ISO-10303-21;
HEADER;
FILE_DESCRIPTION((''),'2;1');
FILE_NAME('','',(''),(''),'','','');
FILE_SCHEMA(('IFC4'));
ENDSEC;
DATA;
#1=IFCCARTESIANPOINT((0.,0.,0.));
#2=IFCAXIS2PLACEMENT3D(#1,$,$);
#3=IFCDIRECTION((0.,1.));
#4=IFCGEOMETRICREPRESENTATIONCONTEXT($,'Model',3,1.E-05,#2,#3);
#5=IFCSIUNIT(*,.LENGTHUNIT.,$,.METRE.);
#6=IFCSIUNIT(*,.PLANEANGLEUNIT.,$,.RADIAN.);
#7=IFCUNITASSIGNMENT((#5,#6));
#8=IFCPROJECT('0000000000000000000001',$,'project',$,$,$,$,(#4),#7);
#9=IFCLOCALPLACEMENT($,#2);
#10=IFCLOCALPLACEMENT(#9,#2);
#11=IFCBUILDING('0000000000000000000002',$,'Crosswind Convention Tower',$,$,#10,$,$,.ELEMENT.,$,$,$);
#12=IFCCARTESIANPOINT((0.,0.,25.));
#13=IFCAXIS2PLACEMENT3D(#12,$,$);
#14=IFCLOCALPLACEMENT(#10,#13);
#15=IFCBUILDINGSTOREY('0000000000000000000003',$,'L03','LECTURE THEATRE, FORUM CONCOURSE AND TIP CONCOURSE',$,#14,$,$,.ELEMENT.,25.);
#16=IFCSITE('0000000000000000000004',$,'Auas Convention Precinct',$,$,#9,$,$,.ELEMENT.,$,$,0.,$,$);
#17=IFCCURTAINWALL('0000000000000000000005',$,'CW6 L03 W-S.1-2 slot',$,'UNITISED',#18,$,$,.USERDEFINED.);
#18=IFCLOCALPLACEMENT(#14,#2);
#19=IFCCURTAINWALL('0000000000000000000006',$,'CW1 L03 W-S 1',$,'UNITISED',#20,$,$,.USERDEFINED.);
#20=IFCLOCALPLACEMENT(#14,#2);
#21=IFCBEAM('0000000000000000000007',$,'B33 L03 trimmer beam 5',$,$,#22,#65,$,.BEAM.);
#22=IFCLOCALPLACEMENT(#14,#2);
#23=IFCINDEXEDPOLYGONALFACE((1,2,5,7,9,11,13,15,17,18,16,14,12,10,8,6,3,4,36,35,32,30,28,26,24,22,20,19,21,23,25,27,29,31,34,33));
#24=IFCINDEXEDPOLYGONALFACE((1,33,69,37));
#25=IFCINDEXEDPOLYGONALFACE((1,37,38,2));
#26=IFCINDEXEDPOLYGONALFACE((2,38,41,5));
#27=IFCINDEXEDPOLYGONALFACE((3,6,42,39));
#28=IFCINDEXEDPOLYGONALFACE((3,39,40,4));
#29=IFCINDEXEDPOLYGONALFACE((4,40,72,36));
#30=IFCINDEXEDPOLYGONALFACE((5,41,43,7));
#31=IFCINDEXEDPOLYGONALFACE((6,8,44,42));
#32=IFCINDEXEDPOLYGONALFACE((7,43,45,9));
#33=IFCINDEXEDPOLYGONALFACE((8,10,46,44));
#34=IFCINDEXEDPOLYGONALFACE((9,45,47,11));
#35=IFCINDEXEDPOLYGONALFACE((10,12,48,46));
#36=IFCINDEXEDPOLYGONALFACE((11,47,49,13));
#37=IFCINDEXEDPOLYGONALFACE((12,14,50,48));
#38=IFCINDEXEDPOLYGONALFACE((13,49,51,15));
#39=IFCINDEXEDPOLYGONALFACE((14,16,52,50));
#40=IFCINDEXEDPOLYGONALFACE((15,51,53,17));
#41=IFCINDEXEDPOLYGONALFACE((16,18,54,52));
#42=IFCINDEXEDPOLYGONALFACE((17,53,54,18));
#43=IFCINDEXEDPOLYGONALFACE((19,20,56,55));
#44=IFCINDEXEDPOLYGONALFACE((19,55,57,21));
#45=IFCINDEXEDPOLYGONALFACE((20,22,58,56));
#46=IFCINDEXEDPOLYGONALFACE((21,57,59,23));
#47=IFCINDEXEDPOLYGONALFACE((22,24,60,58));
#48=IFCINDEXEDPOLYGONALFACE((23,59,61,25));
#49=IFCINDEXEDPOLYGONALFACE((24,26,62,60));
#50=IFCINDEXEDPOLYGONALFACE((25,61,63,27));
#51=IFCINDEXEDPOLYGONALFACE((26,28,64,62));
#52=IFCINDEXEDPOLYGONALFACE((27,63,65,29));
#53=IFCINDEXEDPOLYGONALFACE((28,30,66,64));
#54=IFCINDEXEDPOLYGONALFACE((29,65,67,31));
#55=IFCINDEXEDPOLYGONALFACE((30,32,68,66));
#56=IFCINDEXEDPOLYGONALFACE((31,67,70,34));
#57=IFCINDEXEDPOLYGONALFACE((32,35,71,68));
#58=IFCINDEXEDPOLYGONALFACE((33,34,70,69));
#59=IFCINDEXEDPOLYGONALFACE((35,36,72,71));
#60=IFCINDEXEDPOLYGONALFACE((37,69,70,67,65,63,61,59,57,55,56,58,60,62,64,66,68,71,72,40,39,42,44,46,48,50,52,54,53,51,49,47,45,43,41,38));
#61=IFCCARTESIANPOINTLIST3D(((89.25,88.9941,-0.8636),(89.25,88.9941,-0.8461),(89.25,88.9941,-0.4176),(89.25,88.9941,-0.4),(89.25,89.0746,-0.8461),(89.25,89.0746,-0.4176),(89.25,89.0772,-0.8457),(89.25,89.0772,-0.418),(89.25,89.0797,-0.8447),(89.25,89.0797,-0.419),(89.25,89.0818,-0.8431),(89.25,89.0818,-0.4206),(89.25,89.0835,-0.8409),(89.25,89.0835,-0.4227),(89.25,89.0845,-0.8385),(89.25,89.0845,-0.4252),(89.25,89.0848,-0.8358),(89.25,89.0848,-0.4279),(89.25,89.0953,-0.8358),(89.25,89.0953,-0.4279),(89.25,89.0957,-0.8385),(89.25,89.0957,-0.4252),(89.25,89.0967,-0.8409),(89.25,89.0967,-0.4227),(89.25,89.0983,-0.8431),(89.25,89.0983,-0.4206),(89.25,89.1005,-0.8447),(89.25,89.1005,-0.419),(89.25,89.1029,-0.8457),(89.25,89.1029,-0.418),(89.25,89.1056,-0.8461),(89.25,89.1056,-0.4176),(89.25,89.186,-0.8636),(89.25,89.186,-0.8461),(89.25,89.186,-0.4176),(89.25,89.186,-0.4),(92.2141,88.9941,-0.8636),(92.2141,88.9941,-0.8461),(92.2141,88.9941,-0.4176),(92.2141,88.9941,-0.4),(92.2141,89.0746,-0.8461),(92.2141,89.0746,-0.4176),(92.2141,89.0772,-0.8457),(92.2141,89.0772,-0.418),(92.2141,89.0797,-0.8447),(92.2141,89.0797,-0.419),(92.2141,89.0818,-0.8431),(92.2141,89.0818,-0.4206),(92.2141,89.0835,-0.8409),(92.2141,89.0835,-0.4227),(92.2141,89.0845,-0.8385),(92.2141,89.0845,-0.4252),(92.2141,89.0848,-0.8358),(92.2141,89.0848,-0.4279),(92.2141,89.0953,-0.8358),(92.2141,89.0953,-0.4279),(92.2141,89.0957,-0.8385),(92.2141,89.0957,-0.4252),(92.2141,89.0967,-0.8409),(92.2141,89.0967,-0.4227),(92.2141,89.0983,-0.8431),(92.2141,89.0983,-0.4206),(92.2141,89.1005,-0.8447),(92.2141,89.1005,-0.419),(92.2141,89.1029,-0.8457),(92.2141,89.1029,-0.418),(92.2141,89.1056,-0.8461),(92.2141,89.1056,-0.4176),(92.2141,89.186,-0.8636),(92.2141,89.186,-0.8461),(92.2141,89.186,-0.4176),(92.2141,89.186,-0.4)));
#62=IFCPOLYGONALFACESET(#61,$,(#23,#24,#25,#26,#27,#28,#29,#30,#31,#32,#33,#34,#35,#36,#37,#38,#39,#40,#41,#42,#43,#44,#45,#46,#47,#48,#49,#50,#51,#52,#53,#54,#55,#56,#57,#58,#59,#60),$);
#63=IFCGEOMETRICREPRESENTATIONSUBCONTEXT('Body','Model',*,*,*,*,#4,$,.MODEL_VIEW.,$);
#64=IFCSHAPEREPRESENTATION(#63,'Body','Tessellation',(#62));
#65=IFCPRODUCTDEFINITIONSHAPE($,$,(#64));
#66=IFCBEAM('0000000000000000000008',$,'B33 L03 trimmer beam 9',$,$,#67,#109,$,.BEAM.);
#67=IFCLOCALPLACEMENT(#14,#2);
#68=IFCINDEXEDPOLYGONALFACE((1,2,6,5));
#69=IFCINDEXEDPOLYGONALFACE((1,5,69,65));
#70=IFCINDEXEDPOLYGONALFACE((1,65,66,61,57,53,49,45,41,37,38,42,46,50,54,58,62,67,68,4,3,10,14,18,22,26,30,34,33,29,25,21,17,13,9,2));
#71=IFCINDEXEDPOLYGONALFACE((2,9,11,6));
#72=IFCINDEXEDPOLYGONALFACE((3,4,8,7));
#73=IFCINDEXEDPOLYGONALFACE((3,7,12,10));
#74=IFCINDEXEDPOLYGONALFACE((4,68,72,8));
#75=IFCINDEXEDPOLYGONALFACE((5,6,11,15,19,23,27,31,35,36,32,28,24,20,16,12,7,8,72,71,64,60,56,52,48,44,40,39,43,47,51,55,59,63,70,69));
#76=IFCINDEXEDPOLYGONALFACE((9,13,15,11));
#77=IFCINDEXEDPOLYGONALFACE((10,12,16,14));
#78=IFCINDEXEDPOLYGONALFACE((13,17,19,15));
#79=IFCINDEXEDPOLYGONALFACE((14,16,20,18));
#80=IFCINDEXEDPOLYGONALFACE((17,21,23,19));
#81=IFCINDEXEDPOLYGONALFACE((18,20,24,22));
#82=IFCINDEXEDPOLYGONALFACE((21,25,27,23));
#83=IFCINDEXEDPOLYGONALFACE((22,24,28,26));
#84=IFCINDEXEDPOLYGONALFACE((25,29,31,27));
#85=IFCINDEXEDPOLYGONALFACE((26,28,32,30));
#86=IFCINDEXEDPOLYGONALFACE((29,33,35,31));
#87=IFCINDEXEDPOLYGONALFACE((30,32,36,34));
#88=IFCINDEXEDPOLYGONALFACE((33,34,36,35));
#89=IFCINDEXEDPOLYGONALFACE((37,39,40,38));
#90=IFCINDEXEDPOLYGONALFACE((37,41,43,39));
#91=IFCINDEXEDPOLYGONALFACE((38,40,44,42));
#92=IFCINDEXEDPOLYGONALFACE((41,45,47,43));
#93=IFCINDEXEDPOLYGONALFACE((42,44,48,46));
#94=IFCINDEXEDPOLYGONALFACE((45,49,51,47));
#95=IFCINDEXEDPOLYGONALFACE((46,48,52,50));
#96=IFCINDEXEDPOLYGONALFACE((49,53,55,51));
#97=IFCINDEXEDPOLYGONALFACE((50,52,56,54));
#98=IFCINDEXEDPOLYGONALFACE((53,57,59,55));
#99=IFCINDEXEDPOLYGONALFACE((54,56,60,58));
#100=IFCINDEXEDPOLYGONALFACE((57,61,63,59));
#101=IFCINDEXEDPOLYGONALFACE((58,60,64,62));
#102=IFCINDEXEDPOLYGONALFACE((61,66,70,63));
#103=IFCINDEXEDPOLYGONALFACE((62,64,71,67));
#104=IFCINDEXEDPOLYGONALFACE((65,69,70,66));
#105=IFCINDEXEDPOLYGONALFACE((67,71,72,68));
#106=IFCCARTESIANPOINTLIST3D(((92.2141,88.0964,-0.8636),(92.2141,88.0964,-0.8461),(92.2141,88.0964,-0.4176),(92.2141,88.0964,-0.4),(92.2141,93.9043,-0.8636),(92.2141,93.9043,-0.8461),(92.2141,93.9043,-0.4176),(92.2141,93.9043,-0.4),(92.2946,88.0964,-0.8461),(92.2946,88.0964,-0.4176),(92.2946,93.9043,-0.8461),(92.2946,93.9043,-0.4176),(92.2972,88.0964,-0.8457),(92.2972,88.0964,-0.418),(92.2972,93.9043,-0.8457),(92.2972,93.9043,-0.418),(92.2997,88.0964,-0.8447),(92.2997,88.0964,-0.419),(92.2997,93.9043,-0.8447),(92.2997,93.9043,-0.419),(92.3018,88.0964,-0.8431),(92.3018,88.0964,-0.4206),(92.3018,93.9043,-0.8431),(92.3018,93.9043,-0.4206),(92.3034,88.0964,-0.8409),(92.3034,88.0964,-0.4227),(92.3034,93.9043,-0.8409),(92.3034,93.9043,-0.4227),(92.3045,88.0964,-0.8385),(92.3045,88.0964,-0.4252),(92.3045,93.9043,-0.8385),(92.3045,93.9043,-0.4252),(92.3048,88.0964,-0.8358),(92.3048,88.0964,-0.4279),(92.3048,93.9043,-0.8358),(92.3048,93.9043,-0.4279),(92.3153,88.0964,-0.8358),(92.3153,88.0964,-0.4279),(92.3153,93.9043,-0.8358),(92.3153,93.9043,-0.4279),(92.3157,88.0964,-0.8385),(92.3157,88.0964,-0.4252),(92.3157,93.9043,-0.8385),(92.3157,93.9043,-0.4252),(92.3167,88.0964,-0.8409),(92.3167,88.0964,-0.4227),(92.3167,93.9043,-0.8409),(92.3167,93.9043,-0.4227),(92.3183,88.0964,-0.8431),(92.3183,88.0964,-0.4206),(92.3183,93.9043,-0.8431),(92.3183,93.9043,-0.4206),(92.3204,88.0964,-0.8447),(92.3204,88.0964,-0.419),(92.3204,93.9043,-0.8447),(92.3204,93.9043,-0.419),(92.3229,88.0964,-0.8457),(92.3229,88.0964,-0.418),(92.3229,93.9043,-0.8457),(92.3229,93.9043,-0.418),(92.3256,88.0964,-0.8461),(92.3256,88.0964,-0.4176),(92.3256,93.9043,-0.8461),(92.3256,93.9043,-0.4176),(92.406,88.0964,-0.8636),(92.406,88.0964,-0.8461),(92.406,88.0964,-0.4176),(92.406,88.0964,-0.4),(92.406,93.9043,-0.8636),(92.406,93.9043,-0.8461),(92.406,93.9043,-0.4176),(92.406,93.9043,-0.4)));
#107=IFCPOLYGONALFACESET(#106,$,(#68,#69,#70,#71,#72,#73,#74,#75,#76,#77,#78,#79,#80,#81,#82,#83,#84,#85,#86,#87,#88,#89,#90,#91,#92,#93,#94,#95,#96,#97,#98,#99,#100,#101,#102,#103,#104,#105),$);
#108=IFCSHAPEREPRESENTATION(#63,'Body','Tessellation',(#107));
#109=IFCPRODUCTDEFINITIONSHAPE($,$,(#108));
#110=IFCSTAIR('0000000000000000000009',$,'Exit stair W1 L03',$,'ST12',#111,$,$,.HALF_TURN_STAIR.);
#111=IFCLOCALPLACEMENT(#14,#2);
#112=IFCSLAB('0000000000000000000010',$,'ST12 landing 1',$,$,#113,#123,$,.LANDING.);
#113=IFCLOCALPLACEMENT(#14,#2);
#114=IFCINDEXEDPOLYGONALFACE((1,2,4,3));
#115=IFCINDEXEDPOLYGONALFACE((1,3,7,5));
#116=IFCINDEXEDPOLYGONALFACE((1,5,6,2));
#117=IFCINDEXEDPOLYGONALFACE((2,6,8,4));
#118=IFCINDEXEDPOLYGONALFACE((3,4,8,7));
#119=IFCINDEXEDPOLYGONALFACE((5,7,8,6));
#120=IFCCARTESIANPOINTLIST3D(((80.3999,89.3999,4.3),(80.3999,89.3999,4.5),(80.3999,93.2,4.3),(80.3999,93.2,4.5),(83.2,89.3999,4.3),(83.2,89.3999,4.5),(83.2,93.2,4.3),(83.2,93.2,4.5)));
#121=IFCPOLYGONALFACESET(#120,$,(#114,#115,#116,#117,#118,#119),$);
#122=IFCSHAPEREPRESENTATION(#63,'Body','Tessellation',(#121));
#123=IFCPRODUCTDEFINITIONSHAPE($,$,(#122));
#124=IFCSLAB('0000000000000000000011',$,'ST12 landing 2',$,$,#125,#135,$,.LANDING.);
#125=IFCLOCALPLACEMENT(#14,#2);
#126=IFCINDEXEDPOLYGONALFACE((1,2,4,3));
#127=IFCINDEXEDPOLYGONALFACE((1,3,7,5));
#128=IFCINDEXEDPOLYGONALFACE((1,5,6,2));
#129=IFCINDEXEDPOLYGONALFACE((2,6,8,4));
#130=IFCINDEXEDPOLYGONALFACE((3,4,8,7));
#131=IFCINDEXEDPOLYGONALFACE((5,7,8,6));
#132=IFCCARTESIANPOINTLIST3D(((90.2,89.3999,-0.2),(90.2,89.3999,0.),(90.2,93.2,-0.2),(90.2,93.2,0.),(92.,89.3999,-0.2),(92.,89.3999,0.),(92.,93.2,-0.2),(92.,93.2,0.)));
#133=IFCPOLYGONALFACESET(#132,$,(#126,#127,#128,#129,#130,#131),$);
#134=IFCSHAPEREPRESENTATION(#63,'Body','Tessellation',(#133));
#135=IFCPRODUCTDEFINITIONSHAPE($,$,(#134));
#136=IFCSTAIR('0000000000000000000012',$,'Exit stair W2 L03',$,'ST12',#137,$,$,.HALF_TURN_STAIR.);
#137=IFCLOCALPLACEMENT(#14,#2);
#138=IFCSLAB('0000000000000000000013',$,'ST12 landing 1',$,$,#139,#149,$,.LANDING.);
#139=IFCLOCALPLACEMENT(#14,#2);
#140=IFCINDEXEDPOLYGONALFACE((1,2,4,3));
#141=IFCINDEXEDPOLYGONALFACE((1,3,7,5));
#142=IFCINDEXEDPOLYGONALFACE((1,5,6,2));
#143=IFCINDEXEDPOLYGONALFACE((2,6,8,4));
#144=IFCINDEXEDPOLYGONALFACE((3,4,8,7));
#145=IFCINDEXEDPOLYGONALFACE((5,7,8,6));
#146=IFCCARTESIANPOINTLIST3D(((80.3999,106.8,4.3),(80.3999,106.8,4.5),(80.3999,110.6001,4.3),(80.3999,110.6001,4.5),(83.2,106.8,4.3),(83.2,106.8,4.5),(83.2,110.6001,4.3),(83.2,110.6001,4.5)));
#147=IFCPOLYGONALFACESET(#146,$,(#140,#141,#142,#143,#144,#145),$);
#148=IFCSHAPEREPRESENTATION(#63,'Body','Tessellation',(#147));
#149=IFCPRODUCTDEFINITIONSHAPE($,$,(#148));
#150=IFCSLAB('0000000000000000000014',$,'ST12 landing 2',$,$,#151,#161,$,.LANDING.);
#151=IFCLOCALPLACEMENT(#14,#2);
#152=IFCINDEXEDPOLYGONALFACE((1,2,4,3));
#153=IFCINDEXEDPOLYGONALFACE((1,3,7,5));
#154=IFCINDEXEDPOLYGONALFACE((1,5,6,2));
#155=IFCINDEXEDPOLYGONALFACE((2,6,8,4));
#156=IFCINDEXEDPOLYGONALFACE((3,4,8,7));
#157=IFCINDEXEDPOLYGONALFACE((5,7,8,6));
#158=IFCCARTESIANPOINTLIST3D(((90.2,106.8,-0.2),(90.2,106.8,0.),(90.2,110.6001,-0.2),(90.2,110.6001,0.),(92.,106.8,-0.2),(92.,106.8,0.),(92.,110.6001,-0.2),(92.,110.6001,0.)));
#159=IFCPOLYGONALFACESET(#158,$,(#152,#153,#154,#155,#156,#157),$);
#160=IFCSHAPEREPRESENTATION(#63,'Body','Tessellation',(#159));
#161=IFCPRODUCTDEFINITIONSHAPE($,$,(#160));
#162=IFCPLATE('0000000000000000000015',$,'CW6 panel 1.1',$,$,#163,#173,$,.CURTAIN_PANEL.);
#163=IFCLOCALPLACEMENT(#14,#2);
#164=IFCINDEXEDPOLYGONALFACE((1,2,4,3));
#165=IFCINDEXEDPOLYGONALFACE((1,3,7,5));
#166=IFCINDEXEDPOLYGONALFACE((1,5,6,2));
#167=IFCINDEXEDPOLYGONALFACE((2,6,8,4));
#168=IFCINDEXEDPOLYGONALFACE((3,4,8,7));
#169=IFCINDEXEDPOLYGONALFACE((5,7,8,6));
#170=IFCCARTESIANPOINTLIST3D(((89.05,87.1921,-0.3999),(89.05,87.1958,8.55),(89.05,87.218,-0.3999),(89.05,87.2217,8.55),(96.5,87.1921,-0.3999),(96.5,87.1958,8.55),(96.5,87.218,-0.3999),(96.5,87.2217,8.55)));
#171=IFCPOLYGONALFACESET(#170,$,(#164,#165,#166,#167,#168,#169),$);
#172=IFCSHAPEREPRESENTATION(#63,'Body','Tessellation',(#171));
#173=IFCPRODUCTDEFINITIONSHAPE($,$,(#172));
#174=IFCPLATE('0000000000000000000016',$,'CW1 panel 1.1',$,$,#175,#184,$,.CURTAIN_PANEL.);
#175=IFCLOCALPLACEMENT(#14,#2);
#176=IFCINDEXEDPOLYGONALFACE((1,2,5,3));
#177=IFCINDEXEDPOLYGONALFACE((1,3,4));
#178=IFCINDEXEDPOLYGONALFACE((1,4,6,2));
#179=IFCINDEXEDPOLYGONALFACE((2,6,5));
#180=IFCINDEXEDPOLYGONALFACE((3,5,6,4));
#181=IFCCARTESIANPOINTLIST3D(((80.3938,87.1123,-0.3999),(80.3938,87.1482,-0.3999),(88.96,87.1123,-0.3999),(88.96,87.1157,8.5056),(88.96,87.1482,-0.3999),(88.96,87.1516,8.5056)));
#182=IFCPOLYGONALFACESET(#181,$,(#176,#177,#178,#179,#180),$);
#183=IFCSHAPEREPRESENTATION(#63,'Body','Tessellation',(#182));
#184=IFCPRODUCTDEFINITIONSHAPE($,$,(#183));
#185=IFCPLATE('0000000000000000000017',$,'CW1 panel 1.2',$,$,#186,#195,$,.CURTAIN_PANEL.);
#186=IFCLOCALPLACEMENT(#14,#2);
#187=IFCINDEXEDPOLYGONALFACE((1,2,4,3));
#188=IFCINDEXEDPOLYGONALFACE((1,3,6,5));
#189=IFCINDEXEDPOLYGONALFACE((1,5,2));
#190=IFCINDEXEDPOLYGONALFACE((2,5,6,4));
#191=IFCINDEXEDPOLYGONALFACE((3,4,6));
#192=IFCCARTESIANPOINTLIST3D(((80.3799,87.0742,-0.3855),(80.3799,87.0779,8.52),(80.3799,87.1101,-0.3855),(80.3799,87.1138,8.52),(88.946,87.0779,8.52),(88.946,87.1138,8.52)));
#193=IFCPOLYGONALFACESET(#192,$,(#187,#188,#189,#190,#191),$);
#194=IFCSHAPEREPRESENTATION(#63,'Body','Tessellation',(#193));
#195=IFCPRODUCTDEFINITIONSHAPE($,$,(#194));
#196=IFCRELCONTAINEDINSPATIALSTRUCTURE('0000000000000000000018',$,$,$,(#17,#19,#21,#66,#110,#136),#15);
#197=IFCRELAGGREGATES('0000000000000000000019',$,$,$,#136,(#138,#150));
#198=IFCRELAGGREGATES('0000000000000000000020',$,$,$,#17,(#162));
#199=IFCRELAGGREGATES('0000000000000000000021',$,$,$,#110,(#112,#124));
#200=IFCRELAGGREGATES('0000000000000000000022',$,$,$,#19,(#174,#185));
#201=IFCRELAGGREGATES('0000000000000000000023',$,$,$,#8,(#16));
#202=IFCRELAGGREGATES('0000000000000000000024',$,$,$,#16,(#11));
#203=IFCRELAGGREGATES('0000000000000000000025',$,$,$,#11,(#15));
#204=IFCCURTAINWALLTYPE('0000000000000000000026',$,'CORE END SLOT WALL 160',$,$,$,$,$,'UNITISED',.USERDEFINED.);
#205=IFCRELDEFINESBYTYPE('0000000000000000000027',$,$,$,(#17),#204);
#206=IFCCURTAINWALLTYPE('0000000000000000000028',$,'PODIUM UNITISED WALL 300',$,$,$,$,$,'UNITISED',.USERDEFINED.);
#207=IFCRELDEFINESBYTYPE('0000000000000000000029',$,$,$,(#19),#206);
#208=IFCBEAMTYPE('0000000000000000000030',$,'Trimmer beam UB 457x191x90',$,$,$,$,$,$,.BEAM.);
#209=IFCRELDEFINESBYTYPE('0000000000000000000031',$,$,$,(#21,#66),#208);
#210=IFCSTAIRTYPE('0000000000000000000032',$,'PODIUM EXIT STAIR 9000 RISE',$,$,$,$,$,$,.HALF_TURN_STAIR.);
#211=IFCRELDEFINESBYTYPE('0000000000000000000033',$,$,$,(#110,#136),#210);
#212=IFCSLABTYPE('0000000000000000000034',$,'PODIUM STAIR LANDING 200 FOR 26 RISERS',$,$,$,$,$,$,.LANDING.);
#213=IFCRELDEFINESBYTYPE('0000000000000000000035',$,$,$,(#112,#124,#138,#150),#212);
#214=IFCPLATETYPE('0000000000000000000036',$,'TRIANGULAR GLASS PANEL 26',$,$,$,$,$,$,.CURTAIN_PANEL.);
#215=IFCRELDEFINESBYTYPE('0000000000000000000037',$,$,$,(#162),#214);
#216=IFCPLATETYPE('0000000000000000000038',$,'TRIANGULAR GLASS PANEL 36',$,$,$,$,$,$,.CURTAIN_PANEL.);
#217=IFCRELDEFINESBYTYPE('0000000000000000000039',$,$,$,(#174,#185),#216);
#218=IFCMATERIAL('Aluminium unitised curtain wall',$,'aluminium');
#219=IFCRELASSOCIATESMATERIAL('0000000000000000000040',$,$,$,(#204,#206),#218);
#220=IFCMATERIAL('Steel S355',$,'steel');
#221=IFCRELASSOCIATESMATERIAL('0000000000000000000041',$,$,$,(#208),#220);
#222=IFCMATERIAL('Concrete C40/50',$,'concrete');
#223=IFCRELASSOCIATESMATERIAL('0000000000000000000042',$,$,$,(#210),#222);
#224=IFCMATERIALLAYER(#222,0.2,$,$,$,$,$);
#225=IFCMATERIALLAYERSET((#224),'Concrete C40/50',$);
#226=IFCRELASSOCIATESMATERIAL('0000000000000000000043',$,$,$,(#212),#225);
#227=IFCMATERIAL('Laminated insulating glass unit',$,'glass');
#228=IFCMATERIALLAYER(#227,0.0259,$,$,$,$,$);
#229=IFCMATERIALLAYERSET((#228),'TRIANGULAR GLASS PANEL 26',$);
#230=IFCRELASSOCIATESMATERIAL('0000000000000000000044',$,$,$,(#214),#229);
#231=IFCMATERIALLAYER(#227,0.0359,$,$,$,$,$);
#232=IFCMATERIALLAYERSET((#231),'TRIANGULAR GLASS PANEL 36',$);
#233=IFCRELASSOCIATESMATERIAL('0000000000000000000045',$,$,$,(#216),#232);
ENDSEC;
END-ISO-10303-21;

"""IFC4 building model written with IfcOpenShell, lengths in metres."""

from ifc_helpers import new_model, si_unit, direction, frame, origin, origin_2d, place, context, subcontext, project, spatial, polyline, i_section, outline, extrude, material, layer, layer_set, material_profile, profile_set, type_object, element, aggregate, save


model = new_model("IFC4")

# Units and contexts
model_context = context("Model", 3, precision=1e-05, world=origin(), true_north=direction((0.0, 1.0)))
body_context = subcontext(model_context, "Body", "Model", "MODEL_VIEW")
ifc_project = project(units=[si_unit("LENGTHUNIT", "METRE"), si_unit("PLANEANGLEUNIT", "RADIAN")], contexts=[model_context])

# Site, building, storey
site_placement = place(None, origin())
site = spatial("IfcSite", under=ifc_project, at=site_placement, Name="Auas Convention Precinct", CompositionType="ELEMENT", RefElevation=0.0)
building_placement = place(site_placement, origin())
building = spatial("IfcBuilding", under=site, at=building_placement, Name="Crosswind Convention Tower", CompositionType="ELEMENT")
storey_placement = place(building_placement, frame((0.0, 0.0, 25.0)))
storey = spatial("IfcBuildingStorey", under=building, at=storey_placement, Name="L03", Description="LECTURE THEATRE, FORUM CONCOURSE AND TIP CONCOURSE", CompositionType="ELEMENT", Elevation=25.0)

# Shared definitions
ifc_material_1 = material(Name="Steel S355", Category="steel")

# Curtain wall
ifc_material_2 = material(Name="Aluminium unitised curtain wall", Category="aluminium")
curtain_wall_type_1 = type_object("IfcCurtainWallType", Name="CORE END SLOT WALL 160", ElementType="UNITISED", PredefinedType="USERDEFINED", material=ifc_material_2)
curtain_wall_1_placement = place(storey_placement, origin())
curtain_wall_1 = element("IfcCurtainWall", 1, at=curtain_wall_1_placement, inside=storey, type_object=curtain_wall_type_1, Name="CW6 L03 W-S.1-2 slot", ObjectType="UNITISED", PredefinedType="USERDEFINED")

# Curtain wall
curtain_wall_type_2 = type_object("IfcCurtainWallType", Name="PODIUM UNITISED WALL 300", ElementType="UNITISED", PredefinedType="USERDEFINED", material=ifc_material_2)
curtain_wall_2_placement = place(storey_placement, origin())
curtain_wall_2 = element("IfcCurtainWall", 2, at=curtain_wall_2_placement, inside=storey, type_object=curtain_wall_type_2, Name="CW1 L03 W-S 1", ObjectType="UNITISED", PredefinedType="USERDEFINED")

# Beams
ifc_material_profile_1 = material_profile(ifc_material_1, i_section(OverallWidth=0.1919, OverallDepth=0.4636, WebThickness=0.0105, FlangeThickness=0.0176, FilletRadius=0.0103, at=origin_2d()), Name="UB 457x191x90")
ifc_profile_set_1 = profile_set([ifc_material_profile_1], Name="Steel S355")
beam_type_1 = type_object("IfcBeamType", Name="Trimmer beam UB 457x191x90", PredefinedType="BEAM", material=ifc_profile_set_1)
beam_1_placement = place(storey_placement, frame((92.2141, 89.0901, -0.6318), z_axis=(-1.0, 0.0, 0.0), x_axis=(0.0, -1.0, 0.0)))
element("IfcBeam", 3, at=beam_1_placement, inside=storey, type_object=beam_type_1, Name="B33 L03 trimmer beam 5", PredefinedType="BEAM", context=body_context, shape_type="SweptSolid", body=[
    extrude(i_section(OverallWidth=0.1919, OverallDepth=0.4636, WebThickness=0.0105, FlangeThickness=0.0176, FilletRadius=0.0103, at=origin_2d()), origin(), (0.0, 0.0, 1.0), 2.9641),
])
beam_2_placement = place(storey_placement, frame((92.3101, 88.0964, -0.6318), z_axis=(0.0, 1.0, 0.0), x_axis=(-1.0, 0.0, 0.0)))
element("IfcBeam", 4, at=beam_2_placement, inside=storey, type_object=beam_type_1, Name="B33 L03 trimmer beam 9", PredefinedType="BEAM", context=body_context, shape_type="SweptSolid", body=[
    extrude(i_section(OverallWidth=0.1919, OverallDepth=0.4636, WebThickness=0.0105, FlangeThickness=0.0176, FilletRadius=0.0103, at=origin_2d()), origin(), (0.0, 0.0, 1.0), 5.8079),
])

# Stairs, slabs
ifc_material_3 = material(Name="Concrete C40/50", Category="concrete")
stair_type = type_object("IfcStairType", Name="PODIUM EXIT STAIR 9000 RISE", PredefinedType="HALF_TURN_STAIR", material=ifc_material_3)
stair_1_placement = place(storey_placement, origin())
stair_1 = element("IfcStair", 5, at=stair_1_placement, inside=storey, type_object=stair_type, Name="Exit stair W1 L03", ObjectType="ST12", PredefinedType="HALF_TURN_STAIR")
ifc_layer_1 = layer(ifc_material_3, 0.2)
ifc_layer_set_1 = layer_set([ifc_layer_1], Name="Concrete C40/50")
slab_type = type_object("IfcSlabType", Name="PODIUM STAIR LANDING 200 FOR 26 RISERS", PredefinedType="LANDING", material=ifc_layer_set_1)
slab_1_placement = place(storey_placement, frame((0.0, 0.0, 4.3)))
slab_1 = element("IfcSlab", 6, at=slab_1_placement, type_object=slab_type, Name="ST12 landing 1", PredefinedType="LANDING", context=body_context, shape_type="SweptSolid", body=[
    extrude(outline(polyline([(83.2, 93.2), (80.3999, 93.2), (80.3999, 89.3999), (83.2, 89.3999), (83.2, 93.2)])), origin(), (0.0, 0.0, 1.0), 0.2),
])
slab_2_placement = place(storey_placement, frame((0.0, 0.0, -0.2)))
slab_2 = element("IfcSlab", 7, at=slab_2_placement, type_object=slab_type, Name="ST12 landing 2", PredefinedType="LANDING", context=body_context, shape_type="SweptSolid", body=[
    extrude(outline(polyline([(92.0, 93.2), (90.2, 93.2), (90.2, 89.3999), (92.0, 89.3999), (92.0, 93.2)])), origin(), (0.0, 0.0, 1.0), 0.2),
])
stair_2_placement = place(storey_placement, origin())
stair_2 = element("IfcStair", 8, at=stair_2_placement, inside=storey, type_object=stair_type, Name="Exit stair W2 L03", ObjectType="ST12", PredefinedType="HALF_TURN_STAIR")
slab_3_placement = place(storey_placement, frame((0.0, 0.0, 4.3)))
slab_3 = element("IfcSlab", 9, at=slab_3_placement, type_object=slab_type, Name="ST12 landing 1", PredefinedType="LANDING", context=body_context, shape_type="SweptSolid", body=[
    extrude(outline(polyline([(83.2, 110.6001), (80.3999, 110.6001), (80.3999, 106.8), (83.2, 106.8), (83.2, 110.6001)])), origin(), (0.0, 0.0, 1.0), 0.2),
])
slab_4_placement = place(storey_placement, frame((0.0, 0.0, -0.2)))
slab_4 = element("IfcSlab", 10, at=slab_4_placement, type_object=slab_type, Name="ST12 landing 2", PredefinedType="LANDING", context=body_context, shape_type="SweptSolid", body=[
    extrude(outline(polyline([(92.0, 110.6001), (90.2, 110.6001), (90.2, 106.8), (92.0, 106.8), (92.0, 110.6001)])), origin(), (0.0, 0.0, 1.0), 0.2),
])
aggregate(stair_2, [slab_3, slab_4])

# Plates
ifc_material_4 = material(Name="Laminated insulating glass unit", Category="glass")
ifc_layer_2 = layer(ifc_material_4, 0.0259)
ifc_layer_set_2 = layer_set([ifc_layer_2], Name="TRIANGULAR GLASS PANEL 26")
plate_type_1 = type_object("IfcPlateType", Name="TRIANGULAR GLASS PANEL 26", PredefinedType="CURTAIN_PANEL", material=ifc_layer_set_2)
plate_1_placement = place(storey_placement, frame((89.05, 87.1921, -0.3999), z_axis=(0.0, -1.0, 0.000409), x_axis=(1.0, 0.0, 0.0)))
plate_1 = element("IfcPlate", 11, at=plate_1_placement, type_object=plate_type_1, Name="CW6 panel 1.1", PredefinedType="CURTAIN_PANEL", context=body_context, shape_type="SweptSolid", body=[
    extrude(outline(polyline([(0.0, 0.0), (7.45, 0.0), (7.45, 8.95), (0.0, 8.95), (0.0, 0.0)])), origin(), (0.0, 0.0, -1.0), 0.0259),
])
aggregate(curtain_wall_1, [plate_1])
ifc_layer_3 = layer(ifc_material_4, 0.0359)
ifc_layer_set_3 = layer_set([ifc_layer_3], Name="TRIANGULAR GLASS PANEL 36")
plate_type_2 = type_object("IfcPlateType", Name="TRIANGULAR GLASS PANEL 36", PredefinedType="CURTAIN_PANEL", material=ifc_layer_set_3)
plate_2_placement = place(storey_placement, frame((88.96, 87.1123, -0.3999), z_axis=(0.0, -1.0, 0.000384), x_axis=(0.0, 0.000384, 1.0)))
plate_2 = element("IfcPlate", 12, at=plate_2_placement, type_object=plate_type_2, Name="CW1 panel 1.1", PredefinedType="CURTAIN_PANEL", context=body_context, shape_type="SweptSolid", body=[
    extrude(outline(polyline([(0.0, 0.0), (8.9055, 0.0), (0.0, 8.5662), (0.0, 0.0)])), origin(), (0.0, 0.0, -1.0), 0.0359),
])
plate_3_placement = place(storey_placement, frame((80.3799, 87.0779, 8.52), z_axis=(0.0, -1.0, 0.000411), x_axis=(0.0, -0.000411, -1.0)))
plate_3 = element("IfcPlate", 13, at=plate_3_placement, type_object=plate_type_2, Name="CW1 panel 1.2", PredefinedType="CURTAIN_PANEL", context=body_context, shape_type="SweptSolid", body=[
    extrude(outline(polyline([(0.0, 0.0), (8.9055, 0.0), (0.0, 8.5662), (0.0, 0.0)])), origin(), (0.0, 0.0, -1.0), 0.0359),
])

aggregate(stair_1, [slab_1, slab_2])

aggregate(curtain_wall_2, [plate_2, plate_3])

save(model, "model.ifc")
